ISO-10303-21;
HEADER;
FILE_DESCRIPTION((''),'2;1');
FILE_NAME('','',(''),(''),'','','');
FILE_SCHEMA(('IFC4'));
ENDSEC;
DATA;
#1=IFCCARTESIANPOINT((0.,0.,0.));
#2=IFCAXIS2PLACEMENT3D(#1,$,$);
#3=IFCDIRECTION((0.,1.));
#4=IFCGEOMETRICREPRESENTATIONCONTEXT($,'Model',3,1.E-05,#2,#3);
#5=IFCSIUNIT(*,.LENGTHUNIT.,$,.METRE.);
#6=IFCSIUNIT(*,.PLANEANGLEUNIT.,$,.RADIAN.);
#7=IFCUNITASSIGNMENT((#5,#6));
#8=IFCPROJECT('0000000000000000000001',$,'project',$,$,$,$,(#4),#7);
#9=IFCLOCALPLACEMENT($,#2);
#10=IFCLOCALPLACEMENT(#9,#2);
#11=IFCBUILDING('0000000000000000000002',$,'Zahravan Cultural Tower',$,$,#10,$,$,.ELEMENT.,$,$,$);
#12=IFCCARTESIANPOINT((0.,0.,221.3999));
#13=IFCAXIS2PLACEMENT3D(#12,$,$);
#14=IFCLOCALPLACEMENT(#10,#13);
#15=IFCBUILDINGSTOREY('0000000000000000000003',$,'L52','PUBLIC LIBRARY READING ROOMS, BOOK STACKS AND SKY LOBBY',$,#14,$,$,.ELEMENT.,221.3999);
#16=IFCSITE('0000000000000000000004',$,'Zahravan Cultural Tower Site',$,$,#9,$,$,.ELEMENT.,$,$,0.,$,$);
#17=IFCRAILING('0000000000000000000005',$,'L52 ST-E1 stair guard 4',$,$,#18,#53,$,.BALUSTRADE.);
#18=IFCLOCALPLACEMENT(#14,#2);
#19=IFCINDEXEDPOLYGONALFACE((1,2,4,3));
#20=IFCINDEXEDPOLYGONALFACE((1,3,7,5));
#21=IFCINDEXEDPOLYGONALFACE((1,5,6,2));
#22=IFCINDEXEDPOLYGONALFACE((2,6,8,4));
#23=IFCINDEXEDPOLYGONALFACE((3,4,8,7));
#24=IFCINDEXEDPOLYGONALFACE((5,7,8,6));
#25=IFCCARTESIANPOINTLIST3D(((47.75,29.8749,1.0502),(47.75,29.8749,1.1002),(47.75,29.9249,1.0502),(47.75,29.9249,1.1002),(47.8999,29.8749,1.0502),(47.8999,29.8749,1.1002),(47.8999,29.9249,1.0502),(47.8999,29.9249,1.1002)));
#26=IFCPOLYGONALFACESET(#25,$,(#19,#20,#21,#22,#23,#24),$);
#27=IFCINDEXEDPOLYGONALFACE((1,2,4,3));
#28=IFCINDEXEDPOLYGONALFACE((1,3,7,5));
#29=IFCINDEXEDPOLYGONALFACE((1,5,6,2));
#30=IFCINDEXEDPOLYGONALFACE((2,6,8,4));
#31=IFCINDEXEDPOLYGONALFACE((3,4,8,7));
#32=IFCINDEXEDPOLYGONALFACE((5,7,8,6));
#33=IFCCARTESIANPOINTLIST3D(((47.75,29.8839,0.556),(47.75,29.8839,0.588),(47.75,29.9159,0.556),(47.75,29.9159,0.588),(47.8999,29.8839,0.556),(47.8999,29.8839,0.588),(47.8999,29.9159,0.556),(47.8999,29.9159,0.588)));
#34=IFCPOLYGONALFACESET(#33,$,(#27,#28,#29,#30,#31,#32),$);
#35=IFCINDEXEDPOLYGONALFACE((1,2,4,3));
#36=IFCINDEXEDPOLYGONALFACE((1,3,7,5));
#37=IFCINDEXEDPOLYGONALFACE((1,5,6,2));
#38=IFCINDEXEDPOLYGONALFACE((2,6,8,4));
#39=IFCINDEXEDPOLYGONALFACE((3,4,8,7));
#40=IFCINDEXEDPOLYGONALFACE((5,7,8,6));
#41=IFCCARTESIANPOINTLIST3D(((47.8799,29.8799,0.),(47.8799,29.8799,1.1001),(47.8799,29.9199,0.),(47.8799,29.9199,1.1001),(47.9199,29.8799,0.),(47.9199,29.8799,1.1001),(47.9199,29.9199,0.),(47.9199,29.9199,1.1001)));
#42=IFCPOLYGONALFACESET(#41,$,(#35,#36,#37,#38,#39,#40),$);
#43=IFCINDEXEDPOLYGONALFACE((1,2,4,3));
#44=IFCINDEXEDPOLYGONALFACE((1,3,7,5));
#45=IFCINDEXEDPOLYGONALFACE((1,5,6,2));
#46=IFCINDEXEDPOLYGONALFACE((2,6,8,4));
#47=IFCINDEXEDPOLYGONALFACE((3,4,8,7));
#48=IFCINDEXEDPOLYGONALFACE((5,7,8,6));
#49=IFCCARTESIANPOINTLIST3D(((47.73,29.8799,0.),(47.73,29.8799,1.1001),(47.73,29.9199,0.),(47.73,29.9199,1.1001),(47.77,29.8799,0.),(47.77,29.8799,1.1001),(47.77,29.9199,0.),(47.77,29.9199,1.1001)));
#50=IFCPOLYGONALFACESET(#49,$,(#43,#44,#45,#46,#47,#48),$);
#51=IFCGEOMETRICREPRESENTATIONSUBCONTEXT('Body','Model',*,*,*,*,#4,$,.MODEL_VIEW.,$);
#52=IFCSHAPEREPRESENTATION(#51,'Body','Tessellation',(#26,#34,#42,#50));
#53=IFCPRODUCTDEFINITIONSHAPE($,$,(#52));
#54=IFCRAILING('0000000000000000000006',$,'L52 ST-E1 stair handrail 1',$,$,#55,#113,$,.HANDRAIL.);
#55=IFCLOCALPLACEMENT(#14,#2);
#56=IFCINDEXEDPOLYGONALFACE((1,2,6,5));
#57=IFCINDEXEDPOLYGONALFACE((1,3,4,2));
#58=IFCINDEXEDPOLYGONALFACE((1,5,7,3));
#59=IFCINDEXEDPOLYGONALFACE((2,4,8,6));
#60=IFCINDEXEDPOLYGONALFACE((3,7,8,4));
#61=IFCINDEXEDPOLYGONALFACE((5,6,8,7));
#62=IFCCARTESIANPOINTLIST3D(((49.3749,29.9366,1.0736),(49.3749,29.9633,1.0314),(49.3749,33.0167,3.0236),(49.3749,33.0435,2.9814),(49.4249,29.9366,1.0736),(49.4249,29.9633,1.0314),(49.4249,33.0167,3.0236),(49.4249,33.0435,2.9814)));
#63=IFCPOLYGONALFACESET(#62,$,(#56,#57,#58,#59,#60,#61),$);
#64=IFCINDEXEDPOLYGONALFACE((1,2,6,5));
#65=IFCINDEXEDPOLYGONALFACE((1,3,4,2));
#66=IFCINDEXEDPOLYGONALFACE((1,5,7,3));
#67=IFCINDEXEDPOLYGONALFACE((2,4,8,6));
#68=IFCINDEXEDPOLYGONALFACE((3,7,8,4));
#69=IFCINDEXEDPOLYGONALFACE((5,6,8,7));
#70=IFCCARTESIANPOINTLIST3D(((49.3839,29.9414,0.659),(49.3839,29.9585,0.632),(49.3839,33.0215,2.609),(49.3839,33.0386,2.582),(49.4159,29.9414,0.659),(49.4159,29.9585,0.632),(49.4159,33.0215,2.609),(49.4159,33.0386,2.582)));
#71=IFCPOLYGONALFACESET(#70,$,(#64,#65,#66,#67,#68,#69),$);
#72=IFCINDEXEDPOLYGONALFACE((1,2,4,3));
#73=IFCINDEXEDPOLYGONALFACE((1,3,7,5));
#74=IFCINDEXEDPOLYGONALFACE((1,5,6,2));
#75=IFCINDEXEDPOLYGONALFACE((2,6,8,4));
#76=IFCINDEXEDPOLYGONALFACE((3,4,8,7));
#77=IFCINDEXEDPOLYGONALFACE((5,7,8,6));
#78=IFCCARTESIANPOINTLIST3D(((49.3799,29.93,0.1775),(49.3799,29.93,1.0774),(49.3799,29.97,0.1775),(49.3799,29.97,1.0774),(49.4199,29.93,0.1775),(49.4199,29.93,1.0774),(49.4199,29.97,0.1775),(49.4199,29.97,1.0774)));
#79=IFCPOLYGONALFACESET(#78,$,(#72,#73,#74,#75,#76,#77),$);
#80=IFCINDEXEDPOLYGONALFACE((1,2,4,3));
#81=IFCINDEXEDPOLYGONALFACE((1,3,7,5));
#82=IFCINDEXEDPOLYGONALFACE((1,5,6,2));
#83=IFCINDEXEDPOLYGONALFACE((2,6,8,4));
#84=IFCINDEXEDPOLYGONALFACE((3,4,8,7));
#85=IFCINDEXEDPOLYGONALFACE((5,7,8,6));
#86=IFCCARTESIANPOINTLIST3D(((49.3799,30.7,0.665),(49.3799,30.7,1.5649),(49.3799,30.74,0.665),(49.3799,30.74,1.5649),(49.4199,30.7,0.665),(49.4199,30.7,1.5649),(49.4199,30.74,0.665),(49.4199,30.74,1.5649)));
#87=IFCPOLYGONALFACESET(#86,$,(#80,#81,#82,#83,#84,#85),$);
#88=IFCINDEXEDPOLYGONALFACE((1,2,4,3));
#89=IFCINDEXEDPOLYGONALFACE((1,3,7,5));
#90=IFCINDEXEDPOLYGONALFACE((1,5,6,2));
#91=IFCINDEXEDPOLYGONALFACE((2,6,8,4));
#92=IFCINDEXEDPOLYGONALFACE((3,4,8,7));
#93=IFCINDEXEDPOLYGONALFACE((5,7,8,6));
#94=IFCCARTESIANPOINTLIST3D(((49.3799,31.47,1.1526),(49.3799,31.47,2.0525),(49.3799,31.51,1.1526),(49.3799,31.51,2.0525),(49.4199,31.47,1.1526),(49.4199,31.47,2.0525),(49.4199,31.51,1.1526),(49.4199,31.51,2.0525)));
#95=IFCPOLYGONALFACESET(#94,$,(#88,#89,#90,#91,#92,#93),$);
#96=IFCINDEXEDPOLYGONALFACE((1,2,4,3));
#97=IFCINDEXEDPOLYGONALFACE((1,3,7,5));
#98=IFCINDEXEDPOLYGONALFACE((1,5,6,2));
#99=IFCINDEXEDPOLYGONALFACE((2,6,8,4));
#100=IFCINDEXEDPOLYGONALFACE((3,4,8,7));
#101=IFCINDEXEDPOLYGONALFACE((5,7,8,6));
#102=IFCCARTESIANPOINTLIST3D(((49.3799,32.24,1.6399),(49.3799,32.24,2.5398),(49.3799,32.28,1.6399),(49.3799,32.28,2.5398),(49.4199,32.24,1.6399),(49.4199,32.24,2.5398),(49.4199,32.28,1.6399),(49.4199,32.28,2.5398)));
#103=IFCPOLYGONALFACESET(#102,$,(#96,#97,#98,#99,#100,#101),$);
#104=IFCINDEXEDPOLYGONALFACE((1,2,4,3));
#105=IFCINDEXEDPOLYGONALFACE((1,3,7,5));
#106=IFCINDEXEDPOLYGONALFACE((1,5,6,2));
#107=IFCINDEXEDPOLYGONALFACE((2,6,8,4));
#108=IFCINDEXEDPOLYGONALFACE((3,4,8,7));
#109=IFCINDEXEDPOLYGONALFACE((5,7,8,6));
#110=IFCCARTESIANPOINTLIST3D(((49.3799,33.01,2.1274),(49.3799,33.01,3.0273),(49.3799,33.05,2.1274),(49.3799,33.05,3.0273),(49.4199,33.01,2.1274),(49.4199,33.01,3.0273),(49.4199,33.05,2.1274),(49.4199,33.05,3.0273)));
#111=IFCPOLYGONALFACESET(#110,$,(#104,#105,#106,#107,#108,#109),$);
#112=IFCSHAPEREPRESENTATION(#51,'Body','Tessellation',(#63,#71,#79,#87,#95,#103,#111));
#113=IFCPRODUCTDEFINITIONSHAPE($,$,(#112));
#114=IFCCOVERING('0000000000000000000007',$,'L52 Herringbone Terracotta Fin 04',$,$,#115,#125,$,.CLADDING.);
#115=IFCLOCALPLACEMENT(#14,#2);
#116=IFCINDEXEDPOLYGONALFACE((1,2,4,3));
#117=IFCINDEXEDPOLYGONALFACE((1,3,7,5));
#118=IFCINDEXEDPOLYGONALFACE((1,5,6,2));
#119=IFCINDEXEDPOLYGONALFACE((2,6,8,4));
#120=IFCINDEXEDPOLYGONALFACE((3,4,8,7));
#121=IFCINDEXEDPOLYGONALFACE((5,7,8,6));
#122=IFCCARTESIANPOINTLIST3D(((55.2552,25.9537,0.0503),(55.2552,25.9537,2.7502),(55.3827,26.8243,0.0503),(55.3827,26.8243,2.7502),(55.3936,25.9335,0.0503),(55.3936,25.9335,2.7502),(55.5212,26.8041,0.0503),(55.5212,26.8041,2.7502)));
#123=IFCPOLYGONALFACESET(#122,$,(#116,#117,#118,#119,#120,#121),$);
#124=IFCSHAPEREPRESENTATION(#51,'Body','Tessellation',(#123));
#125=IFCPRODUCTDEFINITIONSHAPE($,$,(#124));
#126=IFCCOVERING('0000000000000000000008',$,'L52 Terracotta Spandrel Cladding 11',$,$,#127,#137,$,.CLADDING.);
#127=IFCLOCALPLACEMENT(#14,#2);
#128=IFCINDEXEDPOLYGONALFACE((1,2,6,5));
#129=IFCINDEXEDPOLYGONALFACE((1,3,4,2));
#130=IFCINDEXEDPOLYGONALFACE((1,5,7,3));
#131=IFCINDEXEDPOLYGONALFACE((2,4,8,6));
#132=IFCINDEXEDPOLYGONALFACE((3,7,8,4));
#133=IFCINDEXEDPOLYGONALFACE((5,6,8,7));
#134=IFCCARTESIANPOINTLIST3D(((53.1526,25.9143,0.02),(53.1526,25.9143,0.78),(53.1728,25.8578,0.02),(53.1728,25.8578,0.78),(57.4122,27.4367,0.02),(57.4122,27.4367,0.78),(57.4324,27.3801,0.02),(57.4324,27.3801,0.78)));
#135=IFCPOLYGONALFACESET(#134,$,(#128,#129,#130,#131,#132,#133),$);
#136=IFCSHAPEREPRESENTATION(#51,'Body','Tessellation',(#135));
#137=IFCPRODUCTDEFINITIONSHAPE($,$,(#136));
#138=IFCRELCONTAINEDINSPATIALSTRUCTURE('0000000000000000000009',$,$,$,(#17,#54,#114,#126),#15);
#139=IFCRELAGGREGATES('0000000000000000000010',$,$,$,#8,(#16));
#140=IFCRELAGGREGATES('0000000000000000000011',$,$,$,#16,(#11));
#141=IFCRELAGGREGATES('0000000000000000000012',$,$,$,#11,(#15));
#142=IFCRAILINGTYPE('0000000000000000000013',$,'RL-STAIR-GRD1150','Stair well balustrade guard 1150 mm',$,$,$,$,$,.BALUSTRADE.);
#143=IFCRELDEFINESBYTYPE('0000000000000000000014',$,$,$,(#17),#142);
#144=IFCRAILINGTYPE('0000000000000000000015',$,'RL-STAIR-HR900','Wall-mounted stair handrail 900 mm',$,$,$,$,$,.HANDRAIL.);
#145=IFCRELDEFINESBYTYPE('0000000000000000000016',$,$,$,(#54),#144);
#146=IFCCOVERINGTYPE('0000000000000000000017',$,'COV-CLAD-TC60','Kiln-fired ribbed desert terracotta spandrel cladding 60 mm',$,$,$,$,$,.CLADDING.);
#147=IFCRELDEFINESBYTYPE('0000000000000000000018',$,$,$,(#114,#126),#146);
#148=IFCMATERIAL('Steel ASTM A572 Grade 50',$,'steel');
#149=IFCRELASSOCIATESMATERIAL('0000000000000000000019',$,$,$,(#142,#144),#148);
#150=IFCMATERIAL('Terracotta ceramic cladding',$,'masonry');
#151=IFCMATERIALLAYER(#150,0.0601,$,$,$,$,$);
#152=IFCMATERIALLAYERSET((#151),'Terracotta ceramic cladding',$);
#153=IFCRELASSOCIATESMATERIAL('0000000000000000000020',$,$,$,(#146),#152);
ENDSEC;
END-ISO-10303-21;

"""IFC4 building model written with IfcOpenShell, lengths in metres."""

from ifc_helpers import new_model, si_unit, direction, frame, origin, origin_2d, place, context, subcontext, project, spatial, rectangle, extrude, source, transform, mapped, material, layer, layer_set, type_object, element, save


model = new_model("IFC4")

# Units and contexts
model_context = context("Model", 3, precision=1e-05, world=origin(), true_north=direction((0.0, 1.0)))
body_context = subcontext(model_context, "Body", "Model", "MODEL_VIEW")
ifc_project = project(units=[si_unit("LENGTHUNIT", "METRE"), si_unit("PLANEANGLEUNIT", "RADIAN")], contexts=[model_context])

# Site, building, storey
site_placement = place(None, origin())
site = spatial("IfcSite", under=ifc_project, at=site_placement, Name="Zahravan Cultural Tower Site", CompositionType="ELEMENT", RefElevation=0.0)
building_placement = place(site_placement, origin())
building = spatial("IfcBuilding", under=site, at=building_placement, Name="Zahravan Cultural Tower", CompositionType="ELEMENT")
storey_placement = place(building_placement, frame((0.0, 0.0, 221.3999)))
storey = spatial("IfcBuildingStorey", under=building, at=storey_placement, Name="L52", Description="PUBLIC LIBRARY READING ROOMS, BOOK STACKS AND SKY LOBBY", CompositionType="ELEMENT", Elevation=221.3999)

# Railings
ifc_material_1 = material(Name="Steel ASTM A572 Grade 50", Category="steel")
railing_type_1 = type_object("IfcRailingType", Name="RL-STAIR-GRD1150", Description="Stair well balustrade guard 1150 mm", PredefinedType="BALUSTRADE", material=ifc_material_1)
railing_1_placement = place(storey_placement, frame((47.8999, 29.8999, 0.0)))
element("IfcRailing", 1, at=railing_1_placement, inside=storey, type_object=railing_type_1, Name="L52 ST-E1 stair guard 4", PredefinedType="BALUSTRADE", context=body_context, shape_type="SweptSolid", body=[
    extrude(rectangle(XDim=0.05, YDim=0.05, at=origin_2d()), frame((0.0, 0.0, 1.0752), z_axis=(-1.0, 0.0, 0.0), x_axis=(0.0, -1.0, 0.0)), (0.0, 0.0, 1.0), 0.1499),
    extrude(rectangle(XDim=0.032, YDim=0.032, at=origin_2d()), frame((0.0, 0.0, 0.572), z_axis=(-1.0, 0.0, 0.0), x_axis=(0.0, -1.0, 0.0)), (0.0, 0.0, 1.0), 0.1499),
    extrude(rectangle(XDim=0.04, YDim=0.04, at=origin_2d()), origin(), (0.0, 0.0, 1.0), 1.1001),
    extrude(rectangle(XDim=0.04, YDim=0.04, at=origin_2d()), frame((-0.1499, 0.0, 0.0)), (0.0, 0.0, 1.0), 1.1001),
])
railing_type_2 = type_object("IfcRailingType", Name="RL-STAIR-HR900", Description="Wall-mounted stair handrail 900 mm", PredefinedType="HANDRAIL", material=ifc_material_1)
railing_2_placement = place(storey_placement, frame((49.3999, 29.95, 0.1775)))
element("IfcRailing", 2, at=railing_2_placement, inside=storey, type_object=railing_type_2, Name="L52 ST-E1 stair handrail 1", PredefinedType="HANDRAIL", context=body_context, shape_type="SweptSolid", body=[
    extrude(rectangle(XDim=0.05, YDim=0.05, at=origin_2d()), frame((0.0, 0.0, 0.875), z_axis=(0.0, 0.844914, 0.534902), x_axis=(-1.0, 0.0, 0.0)), (0.0, 0.0, 1.0), 3.6455),
    extrude(rectangle(XDim=0.032, YDim=0.032, at=origin_2d()), frame((0.0, 0.0, 0.468), z_axis=(0.0, 0.844914, 0.534902), x_axis=(-1.0, 0.0, 0.0)), (0.0, 0.0, 1.0), 3.6455),
    extrude(rectangle(XDim=0.04, YDim=0.04, at=origin_2d()), origin(), (0.0, 0.0, 1.0), 0.8999),
    extrude(rectangle(XDim=0.04, YDim=0.04, at=origin_2d()), frame((0.0, 0.77, 0.4875)), (0.0, 0.0, 1.0), 0.8999),
    extrude(rectangle(XDim=0.04, YDim=0.04, at=origin_2d()), frame((0.0, 1.54, 0.9751)), (0.0, 0.0, 1.0), 0.8999),
    extrude(rectangle(XDim=0.04, YDim=0.04, at=origin_2d()), frame((0.0, 2.3101, 1.4624)), (0.0, 0.0, 1.0), 0.8999),
    extrude(rectangle(XDim=0.04, YDim=0.04, at=origin_2d()), frame((0.0, 3.0801, 1.95)), (0.0, 0.0, 1.0), 0.8999),
])

# Coverings
ifc_material_2 = material(Name="Terracotta ceramic cladding", Category="masonry")
ifc_layer_1 = layer(ifc_material_2, 0.0601)
ifc_layer_set_1 = layer_set([ifc_layer_1], Name="Terracotta ceramic cladding")
covering_type = type_object("IfcCoveringType", Name="COV-CLAD-TC60", Description="Kiln-fired ribbed desert terracotta spandrel cladding 60 mm", PredefinedType="CLADDING", material=ifc_layer_set_1)
shared_shape_1 = source(origin(), body_context, "Body", "SweptSolid", [
    extrude(rectangle(XDim=0.8799, YDim=0.1399, at=origin_2d()), origin(), (0.0, 0.0, 1.0), 2.7),
])
covering_1_placement = place(storey_placement, frame((55.3882, 26.3789, 0.0503), z_axis=(0.0, 0.0, 1.0), x_axis=(-0.144926, -0.989442, 0.0)))
element("IfcCovering", 3, at=covering_1_placement, inside=storey, type_object=covering_type, Name="L52 Herringbone Terracotta Fin 04", PredefinedType="CLADDING", context=body_context, shape_type="MappedRepresentation", body=[
    mapped(shared_shape_1, transform((0.0, 0.0, 0.0), x_axis=(1.0, 0.0, 0.0), y_axis=(0.0, 1.0, 0.0), z_axis=(0.0, 0.0, 1.0), scale=1.0)),
])
shared_shape_2 = source(origin(), body_context, "Body", "SweptSolid", [
    extrude(rectangle(XDim=4.5234, YDim=0.0601, at=origin_2d()), origin(), (0.0, 0.0, 1.0), 0.76),
])
covering_2_placement = place(storey_placement, frame((55.2925, 26.6472, 0.02), z_axis=(0.0, 0.0, 1.0), x_axis=(-0.941665, -0.336553, 0.0)))
element("IfcCovering", 4, at=covering_2_placement, inside=storey, type_object=covering_type, Name="L52 Terracotta Spandrel Cladding 11", PredefinedType="CLADDING", context=body_context, shape_type="MappedRepresentation", body=[
    mapped(shared_shape_2, transform((0.0, 0.0, 0.0), x_axis=(1.0, 0.0, 0.0), y_axis=(0.0, 1.0, 0.0), z_axis=(0.0, 0.0, 1.0), scale=1.0)),
])

save(model, "model.ifc")
